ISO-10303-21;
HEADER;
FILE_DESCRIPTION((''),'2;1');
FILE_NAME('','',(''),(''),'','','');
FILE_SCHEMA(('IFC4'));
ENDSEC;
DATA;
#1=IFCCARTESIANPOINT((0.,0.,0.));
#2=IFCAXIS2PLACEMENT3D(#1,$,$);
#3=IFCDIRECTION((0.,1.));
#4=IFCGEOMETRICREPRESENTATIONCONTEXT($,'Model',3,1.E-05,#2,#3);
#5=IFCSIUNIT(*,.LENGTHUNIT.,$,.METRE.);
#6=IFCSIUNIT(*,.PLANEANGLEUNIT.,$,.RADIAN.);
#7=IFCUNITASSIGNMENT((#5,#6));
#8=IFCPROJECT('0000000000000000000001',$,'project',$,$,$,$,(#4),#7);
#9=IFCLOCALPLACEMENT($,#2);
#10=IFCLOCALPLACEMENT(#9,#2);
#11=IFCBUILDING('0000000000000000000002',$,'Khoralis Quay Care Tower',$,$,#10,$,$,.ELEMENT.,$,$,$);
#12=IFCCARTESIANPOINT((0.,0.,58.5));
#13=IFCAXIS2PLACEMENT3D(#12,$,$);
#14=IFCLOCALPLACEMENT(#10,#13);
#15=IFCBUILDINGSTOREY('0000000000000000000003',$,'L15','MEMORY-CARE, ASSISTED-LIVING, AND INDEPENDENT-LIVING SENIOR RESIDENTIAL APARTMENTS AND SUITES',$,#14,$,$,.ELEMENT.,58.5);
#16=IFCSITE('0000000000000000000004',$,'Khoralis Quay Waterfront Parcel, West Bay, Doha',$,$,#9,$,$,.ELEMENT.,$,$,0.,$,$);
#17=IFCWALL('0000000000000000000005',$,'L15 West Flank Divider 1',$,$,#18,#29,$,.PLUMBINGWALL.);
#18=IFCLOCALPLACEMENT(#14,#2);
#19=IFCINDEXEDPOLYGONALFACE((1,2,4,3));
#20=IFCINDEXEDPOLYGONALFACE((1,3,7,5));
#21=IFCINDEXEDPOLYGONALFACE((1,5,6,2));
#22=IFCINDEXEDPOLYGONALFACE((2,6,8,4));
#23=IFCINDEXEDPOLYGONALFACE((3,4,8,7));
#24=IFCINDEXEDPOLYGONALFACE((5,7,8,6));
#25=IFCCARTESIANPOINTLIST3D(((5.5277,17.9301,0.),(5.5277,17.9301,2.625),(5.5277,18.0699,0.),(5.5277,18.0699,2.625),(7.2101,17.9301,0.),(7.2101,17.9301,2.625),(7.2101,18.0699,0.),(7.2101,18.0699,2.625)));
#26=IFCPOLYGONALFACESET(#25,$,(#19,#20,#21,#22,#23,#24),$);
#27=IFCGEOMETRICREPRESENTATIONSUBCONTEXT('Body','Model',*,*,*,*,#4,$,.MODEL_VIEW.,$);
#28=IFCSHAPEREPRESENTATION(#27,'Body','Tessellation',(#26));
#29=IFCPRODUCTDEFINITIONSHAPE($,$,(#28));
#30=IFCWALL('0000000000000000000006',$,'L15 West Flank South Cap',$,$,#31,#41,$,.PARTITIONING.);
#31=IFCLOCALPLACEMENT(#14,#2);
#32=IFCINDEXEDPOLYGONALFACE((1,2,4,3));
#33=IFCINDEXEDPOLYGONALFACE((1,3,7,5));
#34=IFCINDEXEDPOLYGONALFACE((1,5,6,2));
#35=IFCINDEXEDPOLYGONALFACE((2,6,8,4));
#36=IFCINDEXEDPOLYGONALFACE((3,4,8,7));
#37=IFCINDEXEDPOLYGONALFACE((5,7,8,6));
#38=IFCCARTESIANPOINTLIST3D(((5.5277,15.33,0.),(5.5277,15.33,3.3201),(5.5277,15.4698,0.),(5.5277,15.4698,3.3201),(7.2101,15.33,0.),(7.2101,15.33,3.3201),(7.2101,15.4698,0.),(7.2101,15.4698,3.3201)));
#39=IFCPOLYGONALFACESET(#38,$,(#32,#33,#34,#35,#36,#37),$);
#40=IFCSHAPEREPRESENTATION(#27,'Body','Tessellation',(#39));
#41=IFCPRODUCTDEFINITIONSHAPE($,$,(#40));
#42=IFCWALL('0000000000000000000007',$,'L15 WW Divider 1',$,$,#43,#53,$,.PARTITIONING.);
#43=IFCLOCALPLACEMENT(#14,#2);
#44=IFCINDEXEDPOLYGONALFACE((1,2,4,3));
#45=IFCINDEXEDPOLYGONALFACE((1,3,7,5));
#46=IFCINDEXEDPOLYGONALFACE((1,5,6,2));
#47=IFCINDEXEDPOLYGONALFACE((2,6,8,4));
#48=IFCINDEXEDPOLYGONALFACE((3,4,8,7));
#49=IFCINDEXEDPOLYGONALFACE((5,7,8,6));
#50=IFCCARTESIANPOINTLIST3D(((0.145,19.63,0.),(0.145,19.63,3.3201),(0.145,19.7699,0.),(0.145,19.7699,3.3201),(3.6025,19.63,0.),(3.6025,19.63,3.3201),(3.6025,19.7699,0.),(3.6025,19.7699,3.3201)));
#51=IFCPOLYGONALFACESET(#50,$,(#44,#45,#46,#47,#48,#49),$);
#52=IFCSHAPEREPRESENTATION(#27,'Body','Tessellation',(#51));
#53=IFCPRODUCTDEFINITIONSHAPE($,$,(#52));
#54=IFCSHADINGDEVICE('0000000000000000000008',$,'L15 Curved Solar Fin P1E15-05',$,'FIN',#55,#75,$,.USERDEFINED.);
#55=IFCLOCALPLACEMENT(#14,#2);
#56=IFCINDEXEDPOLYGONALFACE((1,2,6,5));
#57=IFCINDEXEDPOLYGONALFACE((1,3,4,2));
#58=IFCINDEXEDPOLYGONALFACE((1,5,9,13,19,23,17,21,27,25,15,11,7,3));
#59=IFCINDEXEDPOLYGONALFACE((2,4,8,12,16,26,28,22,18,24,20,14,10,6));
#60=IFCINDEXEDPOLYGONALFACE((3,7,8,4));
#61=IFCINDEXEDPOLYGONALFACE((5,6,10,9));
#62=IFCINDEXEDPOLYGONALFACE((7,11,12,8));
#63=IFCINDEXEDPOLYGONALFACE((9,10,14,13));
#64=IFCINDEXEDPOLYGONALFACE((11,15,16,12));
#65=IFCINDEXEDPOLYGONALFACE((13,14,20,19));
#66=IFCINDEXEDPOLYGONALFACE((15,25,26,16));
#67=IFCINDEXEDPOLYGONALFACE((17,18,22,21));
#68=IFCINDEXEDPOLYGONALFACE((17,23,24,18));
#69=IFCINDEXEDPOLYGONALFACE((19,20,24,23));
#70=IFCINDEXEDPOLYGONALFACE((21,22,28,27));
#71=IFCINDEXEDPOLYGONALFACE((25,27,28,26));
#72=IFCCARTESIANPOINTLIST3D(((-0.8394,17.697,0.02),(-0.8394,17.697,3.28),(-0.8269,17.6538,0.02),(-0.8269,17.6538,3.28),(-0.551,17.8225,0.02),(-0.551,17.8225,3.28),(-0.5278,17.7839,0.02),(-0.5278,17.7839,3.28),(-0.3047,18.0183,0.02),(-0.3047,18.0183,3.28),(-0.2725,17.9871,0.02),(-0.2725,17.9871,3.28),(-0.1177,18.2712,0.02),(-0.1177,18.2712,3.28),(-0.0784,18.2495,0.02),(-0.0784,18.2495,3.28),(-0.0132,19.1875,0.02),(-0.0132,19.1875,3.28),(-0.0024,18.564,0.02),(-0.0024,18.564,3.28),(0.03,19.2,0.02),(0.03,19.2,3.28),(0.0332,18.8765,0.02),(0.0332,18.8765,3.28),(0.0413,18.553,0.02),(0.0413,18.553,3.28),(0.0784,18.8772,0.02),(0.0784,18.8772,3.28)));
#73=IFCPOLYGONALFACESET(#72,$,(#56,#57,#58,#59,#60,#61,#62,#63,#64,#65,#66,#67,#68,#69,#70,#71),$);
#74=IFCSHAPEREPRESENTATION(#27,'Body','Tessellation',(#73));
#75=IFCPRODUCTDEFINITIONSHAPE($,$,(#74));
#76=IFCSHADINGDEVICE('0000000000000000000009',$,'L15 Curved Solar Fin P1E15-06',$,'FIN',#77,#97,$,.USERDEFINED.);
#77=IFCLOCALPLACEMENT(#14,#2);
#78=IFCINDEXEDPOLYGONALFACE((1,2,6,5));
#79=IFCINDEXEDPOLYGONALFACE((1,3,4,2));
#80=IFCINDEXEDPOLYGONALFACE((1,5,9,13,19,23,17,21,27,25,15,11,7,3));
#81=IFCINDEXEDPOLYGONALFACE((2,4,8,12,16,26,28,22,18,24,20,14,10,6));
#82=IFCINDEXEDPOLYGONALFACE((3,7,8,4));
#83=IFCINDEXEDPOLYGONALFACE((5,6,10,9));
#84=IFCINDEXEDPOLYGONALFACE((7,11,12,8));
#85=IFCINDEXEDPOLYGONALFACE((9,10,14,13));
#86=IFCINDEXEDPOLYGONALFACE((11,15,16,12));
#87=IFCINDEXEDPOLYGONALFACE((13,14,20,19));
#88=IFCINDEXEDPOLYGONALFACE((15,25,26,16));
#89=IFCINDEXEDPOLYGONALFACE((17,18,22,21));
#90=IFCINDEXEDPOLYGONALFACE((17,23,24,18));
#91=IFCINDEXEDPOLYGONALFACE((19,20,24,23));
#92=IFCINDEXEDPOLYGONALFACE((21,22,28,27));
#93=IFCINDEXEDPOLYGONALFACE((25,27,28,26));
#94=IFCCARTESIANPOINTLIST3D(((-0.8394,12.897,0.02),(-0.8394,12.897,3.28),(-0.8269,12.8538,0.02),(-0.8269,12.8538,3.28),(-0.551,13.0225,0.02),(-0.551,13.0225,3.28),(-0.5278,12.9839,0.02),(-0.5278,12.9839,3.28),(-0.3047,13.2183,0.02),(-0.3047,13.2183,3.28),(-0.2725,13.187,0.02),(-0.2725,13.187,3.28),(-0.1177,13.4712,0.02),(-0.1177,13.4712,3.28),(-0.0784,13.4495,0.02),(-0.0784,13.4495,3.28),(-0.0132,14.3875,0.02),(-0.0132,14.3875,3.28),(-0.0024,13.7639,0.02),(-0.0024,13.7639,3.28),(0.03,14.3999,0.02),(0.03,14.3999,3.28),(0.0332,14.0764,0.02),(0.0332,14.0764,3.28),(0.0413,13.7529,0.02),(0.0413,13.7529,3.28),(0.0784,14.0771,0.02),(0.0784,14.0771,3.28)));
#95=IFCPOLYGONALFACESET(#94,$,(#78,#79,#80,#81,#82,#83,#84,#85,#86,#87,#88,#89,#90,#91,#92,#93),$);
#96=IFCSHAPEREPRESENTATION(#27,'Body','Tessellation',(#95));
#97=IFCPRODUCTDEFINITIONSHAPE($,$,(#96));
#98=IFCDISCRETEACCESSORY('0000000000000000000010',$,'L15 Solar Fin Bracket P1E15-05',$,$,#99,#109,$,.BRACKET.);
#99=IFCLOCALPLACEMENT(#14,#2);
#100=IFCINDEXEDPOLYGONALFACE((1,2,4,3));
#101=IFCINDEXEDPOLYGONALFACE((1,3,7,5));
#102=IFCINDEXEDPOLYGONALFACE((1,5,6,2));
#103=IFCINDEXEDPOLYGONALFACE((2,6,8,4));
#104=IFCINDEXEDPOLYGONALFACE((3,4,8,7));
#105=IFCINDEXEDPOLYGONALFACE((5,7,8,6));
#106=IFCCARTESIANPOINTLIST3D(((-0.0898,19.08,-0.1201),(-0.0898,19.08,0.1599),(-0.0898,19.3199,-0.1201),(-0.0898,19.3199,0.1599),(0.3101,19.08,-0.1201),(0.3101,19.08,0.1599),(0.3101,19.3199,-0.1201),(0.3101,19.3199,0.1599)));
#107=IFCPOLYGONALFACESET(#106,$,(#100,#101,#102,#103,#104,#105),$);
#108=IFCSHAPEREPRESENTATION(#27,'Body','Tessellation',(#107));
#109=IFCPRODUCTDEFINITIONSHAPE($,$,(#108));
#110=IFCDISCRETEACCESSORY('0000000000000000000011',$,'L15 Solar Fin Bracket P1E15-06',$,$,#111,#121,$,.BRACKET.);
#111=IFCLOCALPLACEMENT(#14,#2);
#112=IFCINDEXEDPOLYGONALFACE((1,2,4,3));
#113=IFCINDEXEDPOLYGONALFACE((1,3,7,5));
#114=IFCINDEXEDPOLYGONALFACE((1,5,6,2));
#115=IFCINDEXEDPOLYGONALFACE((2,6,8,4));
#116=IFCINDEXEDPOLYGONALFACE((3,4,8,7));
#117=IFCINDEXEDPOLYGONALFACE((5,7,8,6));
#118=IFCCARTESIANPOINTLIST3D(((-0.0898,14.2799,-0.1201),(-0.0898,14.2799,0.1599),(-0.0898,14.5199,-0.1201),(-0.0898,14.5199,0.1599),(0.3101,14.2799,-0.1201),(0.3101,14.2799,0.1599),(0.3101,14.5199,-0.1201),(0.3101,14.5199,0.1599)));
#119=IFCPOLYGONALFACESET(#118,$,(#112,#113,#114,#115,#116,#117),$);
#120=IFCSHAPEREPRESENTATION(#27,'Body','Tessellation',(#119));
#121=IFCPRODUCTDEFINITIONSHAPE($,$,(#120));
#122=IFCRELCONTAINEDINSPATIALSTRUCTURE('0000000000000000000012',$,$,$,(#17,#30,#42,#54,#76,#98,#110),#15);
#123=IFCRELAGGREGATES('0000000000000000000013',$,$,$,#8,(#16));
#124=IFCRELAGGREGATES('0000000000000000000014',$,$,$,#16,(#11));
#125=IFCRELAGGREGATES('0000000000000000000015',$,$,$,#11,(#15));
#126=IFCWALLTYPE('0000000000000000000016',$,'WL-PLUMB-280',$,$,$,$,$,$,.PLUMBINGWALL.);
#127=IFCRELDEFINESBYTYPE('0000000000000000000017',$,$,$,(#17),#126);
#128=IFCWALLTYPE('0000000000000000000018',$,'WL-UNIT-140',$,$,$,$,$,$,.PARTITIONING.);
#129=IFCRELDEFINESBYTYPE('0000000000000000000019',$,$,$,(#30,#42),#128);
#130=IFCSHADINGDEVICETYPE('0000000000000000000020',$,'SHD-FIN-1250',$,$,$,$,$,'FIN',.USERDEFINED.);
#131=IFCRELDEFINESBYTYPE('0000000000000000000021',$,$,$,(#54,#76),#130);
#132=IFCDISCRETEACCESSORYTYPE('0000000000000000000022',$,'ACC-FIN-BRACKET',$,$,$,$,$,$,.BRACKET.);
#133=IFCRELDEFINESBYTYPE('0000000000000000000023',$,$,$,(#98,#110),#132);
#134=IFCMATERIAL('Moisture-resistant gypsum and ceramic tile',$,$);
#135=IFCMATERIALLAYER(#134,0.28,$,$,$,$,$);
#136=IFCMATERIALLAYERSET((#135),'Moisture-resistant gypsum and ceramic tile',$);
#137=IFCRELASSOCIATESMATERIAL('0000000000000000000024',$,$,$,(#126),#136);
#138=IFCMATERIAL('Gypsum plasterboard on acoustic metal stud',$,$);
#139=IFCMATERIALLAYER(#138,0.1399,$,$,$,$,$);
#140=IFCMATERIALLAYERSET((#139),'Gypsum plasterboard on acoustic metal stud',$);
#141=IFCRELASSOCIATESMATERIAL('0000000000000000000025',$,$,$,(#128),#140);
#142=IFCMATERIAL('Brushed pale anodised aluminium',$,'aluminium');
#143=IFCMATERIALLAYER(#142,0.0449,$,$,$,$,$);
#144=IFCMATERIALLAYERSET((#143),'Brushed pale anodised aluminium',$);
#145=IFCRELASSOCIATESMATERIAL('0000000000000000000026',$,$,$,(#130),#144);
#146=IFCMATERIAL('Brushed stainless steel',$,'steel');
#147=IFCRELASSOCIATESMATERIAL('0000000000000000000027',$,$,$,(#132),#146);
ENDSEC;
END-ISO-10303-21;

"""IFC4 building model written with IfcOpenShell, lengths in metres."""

from ifc_helpers import new_model, si_unit, direction, frame, frame_2d, origin, origin_2d, place, context, subcontext, project, spatial, polyline, rectangle, outline, extrude, source, transform, mapped, material, layer, layer_set, type_object, element, save


model = new_model("IFC4")

# Units and contexts
model_context = context("Model", 3, precision=1e-05, world=origin(), true_north=direction((0.0, 1.0)))
body_context = subcontext(model_context, "Body", "Model", "MODEL_VIEW")
ifc_project = project(units=[si_unit("LENGTHUNIT", "METRE"), si_unit("PLANEANGLEUNIT", "RADIAN")], contexts=[model_context])

# Site, building, storey
site_placement = place(None, origin())
site = spatial("IfcSite", under=ifc_project, at=site_placement, Name="Khoralis Quay Waterfront Parcel, West Bay, Doha", CompositionType="ELEMENT", RefElevation=0.0)
building_placement = place(site_placement, origin())
building = spatial("IfcBuilding", under=site, at=building_placement, Name="Khoralis Quay Care Tower", CompositionType="ELEMENT")
storey_placement = place(building_placement, frame((0.0, 0.0, 58.5)))
storey = spatial("IfcBuildingStorey", under=building, at=storey_placement, Name="L15", Description="MEMORY-CARE, ASSISTED-LIVING, AND INDEPENDENT-LIVING SENIOR RESIDENTIAL APARTMENTS AND SUITES", CompositionType="ELEMENT", Elevation=58.5)

# Shared definitions
ifc_material_1 = material(Name="Gypsum plasterboard on acoustic metal stud")

# Walls
ifc_material_2 = material(Name="Moisture-resistant gypsum and ceramic tile")
ifc_layer_1 = layer(ifc_material_2, 0.28)
ifc_layer_set_1 = layer_set([ifc_layer_1], Name="Moisture-resistant gypsum and ceramic tile")
wall_type_1 = type_object("IfcWallType", Name="WL-PLUMB-280", PredefinedType="PLUMBINGWALL", material=ifc_layer_set_1)
wall_1_placement = place(storey_placement, frame((5.5276, 18.0, 0.0), z_axis=(0.0, 0.0, 1.0), x_axis=(1.0, 0.0, 0.0)))
element("IfcWall", 1, at=wall_1_placement, inside=storey, type_object=wall_type_1, Name="L15 West Flank Divider 1", PredefinedType="PLUMBINGWALL", context=body_context, shape_type="SweptSolid", body=[
    extrude(rectangle(XDim=1.6824, YDim=0.1399, at=frame_2d((0.8413, 0.0))), origin(), (0.0, 0.0, 1.0), 2.625),
])
ifc_layer_2 = layer(ifc_material_1, 0.1399)
ifc_layer_set_2 = layer_set([ifc_layer_2], Name="Gypsum plasterboard on acoustic metal stud")
wall_type_2 = type_object("IfcWallType", Name="WL-UNIT-140", PredefinedType="PARTITIONING", material=ifc_layer_set_2)
wall_2_placement = place(storey_placement, frame((5.5276, 15.3999, 0.0), z_axis=(0.0, 0.0, 1.0), x_axis=(1.0, 0.0, 0.0)))
element("IfcWall", 2, at=wall_2_placement, inside=storey, type_object=wall_type_2, Name="L15 West Flank South Cap", PredefinedType="PARTITIONING", context=body_context, shape_type="SweptSolid", body=[
    extrude(rectangle(XDim=1.6824, YDim=0.1399, at=frame_2d((0.8413, 0.0))), origin(), (0.0, 0.0, 1.0), 3.3201),
])
wall_3_placement = place(storey_placement, frame((0.145, 19.7, 0.0), z_axis=(0.0, 0.0, 1.0), x_axis=(1.0, 0.0, 0.0)))
element("IfcWall", 3, at=wall_3_placement, inside=storey, type_object=wall_type_2, Name="L15 WW Divider 1", PredefinedType="PARTITIONING", context=body_context, shape_type="SweptSolid", body=[
    extrude(rectangle(XDim=3.4575, YDim=0.1399, at=frame_2d((1.7288, 0.0))), origin(), (0.0, 0.0, 1.0), 3.3201),
])

# Shading devices
ifc_material_3 = material(Name="Brushed pale anodised aluminium", Category="aluminium")
ifc_layer_3 = layer(ifc_material_3, 0.0449)
ifc_layer_set_3 = layer_set([ifc_layer_3], Name="Brushed pale anodised aluminium")
shading_device_type = type_object("IfcShadingDeviceType", Name="SHD-FIN-1250", ElementType="FIN", PredefinedType="USERDEFINED", material=ifc_layer_set_3)
shared_shape_1 = source(origin(), body_context, "Body", "SweptSolid", [
    extrude(outline(polyline([(0.0, 0.0), (-0.0483, 0.3228), (-0.0112, 0.647), (0.1084, 0.9504), (0.3025, 1.2129), (0.5579, 1.416), (0.8569, 1.5461), (0.8694, 1.5029), (0.5811, 1.3774), (0.3347, 1.1816), (0.1477, 0.9287), (0.0325, 0.636), (-0.0032, 0.3235), (0.0432, 0.0125), (0.0, 0.0)])), origin(), (0.0, 0.0, 1.0), 3.26),
])
for number, where, z_axis, x_axis, name in (
    (4, (0.03, 19.2, 0.02), (0.0, 0.0, 1.0), (-1.0, 0.0, 0.0), "L15 Curved Solar Fin P1E15-05"),
    (5, (0.03, 14.3999, 0.02), (0.0, 0.0, 1.0), (-1.0, 0.0, 0.0), "L15 Curved Solar Fin P1E15-06"),
):
    element("IfcShadingDevice", number, at=place(storey_placement, frame(where, z_axis=z_axis, x_axis=x_axis)), inside=storey, type_object=shading_device_type, Name=name, ObjectType="FIN", PredefinedType="USERDEFINED", context=body_context, shape_type="MappedRepresentation", body=[
        mapped(shared_shape_1, transform((0.0, 0.0, 0.0), scale=1.0)),
    ])

# Discrete accessories
ifc_material_4 = material(Name="Brushed stainless steel", Category="steel")
discrete_accessory_type = type_object("IfcDiscreteAccessoryType", Name="ACC-FIN-BRACKET", PredefinedType="BRACKET", material=ifc_material_4)
shared_shape_2 = source(origin(), body_context, "Body", "SweptSolid", [
    extrude(rectangle(XDim=0.3999, YDim=0.24, at=origin_2d()), origin(), (0.0, 0.0, 1.0), 0.28),
])
for number, where, z_axis, x_axis, name in (
    (6, (0.1101, 19.2, -0.1201), (0.0, 0.0, 1.0), (-1.0, 0.0, 0.0), "L15 Solar Fin Bracket P1E15-05"),
    (7, (0.1101, 14.3999, -0.1201), (0.0, 0.0, 1.0), (-1.0, 0.0, 0.0), "L15 Solar Fin Bracket P1E15-06"),
):
    element("IfcDiscreteAccessory", number, at=place(storey_placement, frame(where, z_axis=z_axis, x_axis=x_axis)), inside=storey, type_object=discrete_accessory_type, Name=name, PredefinedType="BRACKET", context=body_context, shape_type="MappedRepresentation", body=[
        mapped(shared_shape_2, transform((0.0, 0.0, 0.0), scale=1.0)),
    ])

save(model, "model.ifc")
